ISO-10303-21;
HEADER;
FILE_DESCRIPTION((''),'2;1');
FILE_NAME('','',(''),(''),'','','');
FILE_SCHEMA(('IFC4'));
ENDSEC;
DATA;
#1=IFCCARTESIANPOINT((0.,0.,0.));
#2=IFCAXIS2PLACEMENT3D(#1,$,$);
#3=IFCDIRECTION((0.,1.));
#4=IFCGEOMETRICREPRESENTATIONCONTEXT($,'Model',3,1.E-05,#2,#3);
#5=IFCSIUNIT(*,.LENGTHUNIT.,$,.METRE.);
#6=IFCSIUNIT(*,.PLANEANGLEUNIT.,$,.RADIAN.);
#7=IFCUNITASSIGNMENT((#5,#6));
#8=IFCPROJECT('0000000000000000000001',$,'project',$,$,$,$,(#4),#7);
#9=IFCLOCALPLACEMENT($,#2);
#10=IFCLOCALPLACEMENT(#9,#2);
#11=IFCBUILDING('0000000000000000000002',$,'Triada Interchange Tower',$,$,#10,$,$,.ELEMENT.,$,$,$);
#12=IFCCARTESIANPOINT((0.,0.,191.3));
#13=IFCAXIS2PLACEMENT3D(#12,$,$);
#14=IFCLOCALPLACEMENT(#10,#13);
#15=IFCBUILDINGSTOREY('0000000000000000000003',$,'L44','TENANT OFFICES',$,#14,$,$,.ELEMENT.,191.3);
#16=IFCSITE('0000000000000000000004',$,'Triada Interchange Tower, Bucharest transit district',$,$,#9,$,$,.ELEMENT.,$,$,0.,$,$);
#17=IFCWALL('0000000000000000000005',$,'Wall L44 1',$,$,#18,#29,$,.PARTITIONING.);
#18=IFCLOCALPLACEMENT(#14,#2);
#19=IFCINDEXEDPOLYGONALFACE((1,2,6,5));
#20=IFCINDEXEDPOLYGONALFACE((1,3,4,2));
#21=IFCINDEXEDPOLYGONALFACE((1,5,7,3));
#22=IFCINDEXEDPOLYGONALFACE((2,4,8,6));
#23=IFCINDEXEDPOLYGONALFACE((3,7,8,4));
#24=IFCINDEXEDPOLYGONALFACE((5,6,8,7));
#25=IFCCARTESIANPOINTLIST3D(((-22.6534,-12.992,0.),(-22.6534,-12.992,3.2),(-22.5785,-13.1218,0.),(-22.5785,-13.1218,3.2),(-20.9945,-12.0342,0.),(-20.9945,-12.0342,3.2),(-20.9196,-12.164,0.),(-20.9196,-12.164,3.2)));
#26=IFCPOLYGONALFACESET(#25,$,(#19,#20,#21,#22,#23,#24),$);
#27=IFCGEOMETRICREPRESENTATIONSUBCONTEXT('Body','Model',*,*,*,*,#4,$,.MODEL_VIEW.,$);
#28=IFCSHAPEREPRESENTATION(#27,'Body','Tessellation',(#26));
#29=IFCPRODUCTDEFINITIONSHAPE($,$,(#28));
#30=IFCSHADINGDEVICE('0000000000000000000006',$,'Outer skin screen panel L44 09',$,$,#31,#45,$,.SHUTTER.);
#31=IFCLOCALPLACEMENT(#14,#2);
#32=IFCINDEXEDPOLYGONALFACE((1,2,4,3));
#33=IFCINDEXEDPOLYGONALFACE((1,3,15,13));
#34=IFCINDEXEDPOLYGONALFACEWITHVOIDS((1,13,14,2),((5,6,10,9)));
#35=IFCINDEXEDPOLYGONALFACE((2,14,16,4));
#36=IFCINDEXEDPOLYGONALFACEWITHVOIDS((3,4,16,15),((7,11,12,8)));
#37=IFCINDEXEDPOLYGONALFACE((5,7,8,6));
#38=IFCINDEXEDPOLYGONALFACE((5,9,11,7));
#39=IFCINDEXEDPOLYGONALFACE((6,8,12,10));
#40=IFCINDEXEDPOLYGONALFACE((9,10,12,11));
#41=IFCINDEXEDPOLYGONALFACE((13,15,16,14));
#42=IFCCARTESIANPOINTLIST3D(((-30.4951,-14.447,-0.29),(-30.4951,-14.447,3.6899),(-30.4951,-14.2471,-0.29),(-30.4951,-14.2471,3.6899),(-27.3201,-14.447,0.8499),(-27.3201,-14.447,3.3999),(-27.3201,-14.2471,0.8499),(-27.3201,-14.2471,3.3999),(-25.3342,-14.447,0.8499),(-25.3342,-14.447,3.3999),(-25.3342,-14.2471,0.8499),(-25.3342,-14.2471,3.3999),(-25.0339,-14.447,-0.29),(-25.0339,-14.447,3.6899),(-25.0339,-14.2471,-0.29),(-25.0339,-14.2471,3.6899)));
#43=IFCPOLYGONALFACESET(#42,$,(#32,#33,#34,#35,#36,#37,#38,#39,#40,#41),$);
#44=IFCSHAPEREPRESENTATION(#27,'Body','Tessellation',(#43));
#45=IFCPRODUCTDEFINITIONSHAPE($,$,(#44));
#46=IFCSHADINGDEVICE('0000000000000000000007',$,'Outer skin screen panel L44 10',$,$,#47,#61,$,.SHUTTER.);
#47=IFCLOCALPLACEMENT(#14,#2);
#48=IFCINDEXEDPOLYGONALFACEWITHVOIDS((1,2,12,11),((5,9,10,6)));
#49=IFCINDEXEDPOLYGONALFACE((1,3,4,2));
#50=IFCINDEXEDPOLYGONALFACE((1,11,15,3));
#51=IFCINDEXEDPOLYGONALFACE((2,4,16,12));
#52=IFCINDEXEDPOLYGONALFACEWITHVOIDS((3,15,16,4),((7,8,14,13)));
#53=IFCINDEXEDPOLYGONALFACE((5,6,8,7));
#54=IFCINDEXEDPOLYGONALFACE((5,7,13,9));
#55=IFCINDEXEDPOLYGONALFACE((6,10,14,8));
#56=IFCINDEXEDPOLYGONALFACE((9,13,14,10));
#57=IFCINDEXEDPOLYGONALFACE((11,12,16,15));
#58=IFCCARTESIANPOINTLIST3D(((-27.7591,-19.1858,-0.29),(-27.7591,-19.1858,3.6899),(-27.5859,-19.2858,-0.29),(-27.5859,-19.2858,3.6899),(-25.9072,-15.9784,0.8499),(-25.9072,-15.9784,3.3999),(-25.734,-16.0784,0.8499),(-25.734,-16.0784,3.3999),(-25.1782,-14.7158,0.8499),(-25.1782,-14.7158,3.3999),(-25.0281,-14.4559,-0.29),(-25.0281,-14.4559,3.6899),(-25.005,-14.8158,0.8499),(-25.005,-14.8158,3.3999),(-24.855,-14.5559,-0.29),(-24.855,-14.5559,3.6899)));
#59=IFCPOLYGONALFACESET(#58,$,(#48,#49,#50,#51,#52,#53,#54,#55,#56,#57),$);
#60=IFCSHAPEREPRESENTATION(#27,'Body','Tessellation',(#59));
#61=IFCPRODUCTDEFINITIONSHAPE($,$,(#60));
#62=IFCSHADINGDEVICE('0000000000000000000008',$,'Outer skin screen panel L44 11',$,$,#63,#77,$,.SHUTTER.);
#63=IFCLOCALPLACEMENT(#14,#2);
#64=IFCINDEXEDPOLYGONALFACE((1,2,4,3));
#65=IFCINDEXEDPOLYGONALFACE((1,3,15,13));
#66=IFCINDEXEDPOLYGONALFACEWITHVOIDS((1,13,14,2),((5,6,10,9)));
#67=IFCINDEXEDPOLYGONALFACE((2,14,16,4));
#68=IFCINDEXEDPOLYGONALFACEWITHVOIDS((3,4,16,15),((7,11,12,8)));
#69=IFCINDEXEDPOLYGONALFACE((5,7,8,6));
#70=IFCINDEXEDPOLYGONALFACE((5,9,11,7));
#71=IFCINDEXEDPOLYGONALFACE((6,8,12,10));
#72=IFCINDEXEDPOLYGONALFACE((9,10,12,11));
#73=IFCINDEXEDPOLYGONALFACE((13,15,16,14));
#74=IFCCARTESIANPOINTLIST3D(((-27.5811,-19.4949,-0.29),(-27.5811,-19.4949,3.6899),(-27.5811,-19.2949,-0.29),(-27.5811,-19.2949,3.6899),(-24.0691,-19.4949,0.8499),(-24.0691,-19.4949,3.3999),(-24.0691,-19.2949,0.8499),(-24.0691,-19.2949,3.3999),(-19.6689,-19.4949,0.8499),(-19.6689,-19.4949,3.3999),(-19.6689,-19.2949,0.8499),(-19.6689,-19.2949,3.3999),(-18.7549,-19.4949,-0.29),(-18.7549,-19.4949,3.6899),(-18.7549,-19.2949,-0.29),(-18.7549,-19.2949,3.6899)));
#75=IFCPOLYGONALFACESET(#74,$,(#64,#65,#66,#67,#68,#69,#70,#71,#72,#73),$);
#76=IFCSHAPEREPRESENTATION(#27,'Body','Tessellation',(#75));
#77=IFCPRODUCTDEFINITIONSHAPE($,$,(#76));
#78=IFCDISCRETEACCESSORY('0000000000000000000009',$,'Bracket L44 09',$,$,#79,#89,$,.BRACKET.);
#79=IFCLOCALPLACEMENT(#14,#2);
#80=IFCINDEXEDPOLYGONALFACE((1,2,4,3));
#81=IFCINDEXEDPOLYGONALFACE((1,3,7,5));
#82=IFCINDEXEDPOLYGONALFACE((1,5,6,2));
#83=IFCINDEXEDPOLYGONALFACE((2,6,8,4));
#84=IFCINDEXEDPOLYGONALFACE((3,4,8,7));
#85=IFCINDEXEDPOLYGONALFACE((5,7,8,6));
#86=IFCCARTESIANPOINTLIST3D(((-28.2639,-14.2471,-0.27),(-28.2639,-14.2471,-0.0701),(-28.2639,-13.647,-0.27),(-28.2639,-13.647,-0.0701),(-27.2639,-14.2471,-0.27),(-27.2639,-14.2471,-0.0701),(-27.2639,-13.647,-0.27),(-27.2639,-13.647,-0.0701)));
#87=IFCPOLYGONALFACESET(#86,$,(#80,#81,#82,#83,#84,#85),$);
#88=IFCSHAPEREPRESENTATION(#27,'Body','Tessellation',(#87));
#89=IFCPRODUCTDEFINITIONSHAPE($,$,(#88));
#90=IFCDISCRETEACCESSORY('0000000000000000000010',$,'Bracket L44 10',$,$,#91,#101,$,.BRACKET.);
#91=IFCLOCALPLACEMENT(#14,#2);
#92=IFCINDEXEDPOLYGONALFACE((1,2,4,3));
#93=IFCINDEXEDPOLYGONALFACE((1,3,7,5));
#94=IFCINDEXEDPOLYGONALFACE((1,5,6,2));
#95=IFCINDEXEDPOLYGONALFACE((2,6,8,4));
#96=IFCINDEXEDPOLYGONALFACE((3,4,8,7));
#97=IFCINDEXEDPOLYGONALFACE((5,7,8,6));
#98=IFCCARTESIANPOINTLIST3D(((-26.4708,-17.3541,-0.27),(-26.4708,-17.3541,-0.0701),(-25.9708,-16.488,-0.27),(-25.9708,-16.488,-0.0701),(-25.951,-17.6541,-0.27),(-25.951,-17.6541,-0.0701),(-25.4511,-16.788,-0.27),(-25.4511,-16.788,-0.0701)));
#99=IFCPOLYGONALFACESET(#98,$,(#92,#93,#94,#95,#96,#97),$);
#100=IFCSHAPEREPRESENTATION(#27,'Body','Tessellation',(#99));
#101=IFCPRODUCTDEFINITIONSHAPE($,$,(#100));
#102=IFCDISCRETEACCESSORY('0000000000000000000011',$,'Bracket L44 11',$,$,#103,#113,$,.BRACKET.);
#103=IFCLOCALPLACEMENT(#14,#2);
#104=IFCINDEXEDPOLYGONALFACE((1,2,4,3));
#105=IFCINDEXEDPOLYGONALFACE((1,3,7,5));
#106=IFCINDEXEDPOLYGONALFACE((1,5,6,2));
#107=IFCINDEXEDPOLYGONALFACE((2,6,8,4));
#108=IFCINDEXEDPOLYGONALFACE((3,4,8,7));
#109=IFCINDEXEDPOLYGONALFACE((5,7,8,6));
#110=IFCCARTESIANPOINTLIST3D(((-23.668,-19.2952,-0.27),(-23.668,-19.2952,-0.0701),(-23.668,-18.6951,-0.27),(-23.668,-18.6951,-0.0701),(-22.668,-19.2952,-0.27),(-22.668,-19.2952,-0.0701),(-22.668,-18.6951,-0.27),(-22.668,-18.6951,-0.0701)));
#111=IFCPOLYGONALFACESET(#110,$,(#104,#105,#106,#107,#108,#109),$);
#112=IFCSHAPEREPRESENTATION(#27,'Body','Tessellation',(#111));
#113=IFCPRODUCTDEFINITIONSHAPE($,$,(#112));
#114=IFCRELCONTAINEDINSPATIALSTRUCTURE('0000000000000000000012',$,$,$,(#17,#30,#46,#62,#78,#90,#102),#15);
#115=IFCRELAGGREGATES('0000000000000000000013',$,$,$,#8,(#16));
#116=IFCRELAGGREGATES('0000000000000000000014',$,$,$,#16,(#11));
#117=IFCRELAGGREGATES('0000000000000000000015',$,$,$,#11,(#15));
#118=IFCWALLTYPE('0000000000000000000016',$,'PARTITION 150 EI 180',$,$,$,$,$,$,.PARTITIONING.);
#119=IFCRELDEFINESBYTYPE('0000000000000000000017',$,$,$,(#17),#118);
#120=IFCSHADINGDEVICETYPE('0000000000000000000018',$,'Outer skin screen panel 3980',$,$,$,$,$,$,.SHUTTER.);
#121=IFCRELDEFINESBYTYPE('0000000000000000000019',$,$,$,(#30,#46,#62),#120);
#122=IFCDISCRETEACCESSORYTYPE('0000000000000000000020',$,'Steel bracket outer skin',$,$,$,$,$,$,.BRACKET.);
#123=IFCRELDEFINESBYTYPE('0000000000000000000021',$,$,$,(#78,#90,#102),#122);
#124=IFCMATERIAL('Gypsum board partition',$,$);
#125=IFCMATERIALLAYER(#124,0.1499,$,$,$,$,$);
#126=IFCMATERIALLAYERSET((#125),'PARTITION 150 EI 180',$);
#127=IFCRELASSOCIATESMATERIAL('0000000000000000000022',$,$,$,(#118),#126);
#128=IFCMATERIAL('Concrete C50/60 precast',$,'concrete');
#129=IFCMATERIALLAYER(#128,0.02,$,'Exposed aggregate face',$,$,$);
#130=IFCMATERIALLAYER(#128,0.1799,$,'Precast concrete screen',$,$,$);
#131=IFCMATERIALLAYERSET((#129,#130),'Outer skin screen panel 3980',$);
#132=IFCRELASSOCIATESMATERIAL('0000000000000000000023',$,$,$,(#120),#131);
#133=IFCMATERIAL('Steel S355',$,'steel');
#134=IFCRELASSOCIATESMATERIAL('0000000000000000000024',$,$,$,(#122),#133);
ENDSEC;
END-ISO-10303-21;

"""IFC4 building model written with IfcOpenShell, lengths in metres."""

from ifc_helpers import new_model, si_unit, direction, frame, frame_2d, origin, origin_2d, place, context, subcontext, project, spatial, polyline, rectangle, outline, extrude, material, layer, layer_set, type_object, element, save


model = new_model("IFC4")

# Units and contexts
model_context = context("Model", 3, precision=1e-05, world=origin(), true_north=direction((0.0, 1.0)))
body_context = subcontext(model_context, "Body", "Model", "MODEL_VIEW")
ifc_project = project(units=[si_unit("LENGTHUNIT", "METRE"), si_unit("PLANEANGLEUNIT", "RADIAN")], contexts=[model_context])

# Site, building, storey
site_placement = place(None, origin())
site = spatial("IfcSite", under=ifc_project, at=site_placement, Name="Triada Interchange Tower, Bucharest transit district", CompositionType="ELEMENT", RefElevation=0.0)
building_placement = place(site_placement, origin())
building = spatial("IfcBuilding", under=site, at=building_placement, Name="Triada Interchange Tower", CompositionType="ELEMENT")
storey_placement = place(building_placement, frame((0.0, 0.0, 191.3)))
storey = spatial("IfcBuildingStorey", under=building, at=storey_placement, Name="L44", Description="TENANT OFFICES", CompositionType="ELEMENT", Elevation=191.3)

# Wall
ifc_material_1 = material(Name="Gypsum board partition")
ifc_layer_1 = layer(ifc_material_1, 0.1499)
ifc_layer_set_1 = layer_set([ifc_layer_1], Name="PARTITION 150 EI 180")
wall_type_1 = type_object("IfcWallType", Name="PARTITION 150 EI 180", PredefinedType="PARTITIONING", material=ifc_layer_set_1)
wall_1_placement = place(storey_placement, frame((-22.616, -13.0569, 0.0), z_axis=(0.0, 0.0, 1.0), x_axis=(0.866031, 0.499991, 0.0)))
element("IfcWall", 1, at=wall_1_placement, inside=storey, type_object=wall_type_1, Name="Wall L44 1", PredefinedType="PARTITIONING", context=body_context, shape_type="SweptSolid", body=[
    extrude(rectangle(XDim=1.9155, YDim=0.1499, at=frame_2d((0.9578, 0.0))), origin(), (0.0, 0.0, 1.0), 3.2),
])

# Shading devices
ifc_material_2 = material(Name="Concrete C50/60 precast", Category="concrete")
ifc_layer_2 = layer(ifc_material_2, 0.02, Name="Exposed aggregate face")
ifc_layer_3 = layer(ifc_material_2, 0.1799, Name="Precast concrete screen")
ifc_layer_set_2 = layer_set([ifc_layer_2, ifc_layer_3], Name="Outer skin screen panel 3980")
shading_device_type = type_object("IfcShadingDeviceType", Name="Outer skin screen panel 3980", PredefinedType="SHUTTER", material=ifc_layer_set_2)
shading_device_1_placement = place(storey_placement, frame((-30.4951, -14.2471, -0.29), z_axis=(0.0, 0.0, 1.0), x_axis=(1.0, 0.0, 0.0)))
element("IfcShadingDevice", 2, at=shading_device_1_placement, inside=storey, type_object=shading_device_type, Name="Outer skin screen panel L44 09", PredefinedType="SHUTTER", context=body_context, shape_type="SweptSolid", body=[
    extrude(outline(polyline([(0.0, 0.0), (5.4612, 0.0), (5.4612, 3.98), (0.0, 3.98), (0.0, 0.0)]), holes=[polyline([(3.175, 1.1399), (3.175, 3.6899), (5.1609, 3.6899), (5.1609, 1.1399), (3.175, 1.1399)])]), frame((0.0, 0.0, 0.0), z_axis=(0.0, -1.0, 0.0), x_axis=(1.0, 0.0, 0.0)), (0.0, 0.0, 1.0), 0.2),
])
shading_device_2_placement = place(storey_placement, frame((-24.855, -14.5559, -0.29), z_axis=(0.0, 0.0, 1.0), x_axis=(-0.500014, -0.866017, 0.0)))
element("IfcShadingDevice", 3, at=shading_device_2_placement, inside=storey, type_object=shading_device_type, Name="Outer skin screen panel L44 10", PredefinedType="SHUTTER", context=body_context, shape_type="SweptSolid", body=[
    extrude(outline(polyline([(0.0, 0.0), (5.4617, 0.0), (5.4617, 3.98), (0.0, 3.98), (0.0, 0.0)]), holes=[polyline([(0.3, 1.1399), (0.3, 3.6899), (1.7581, 3.6899), (1.7581, 1.1399), (0.3, 1.1399)])]), frame((0.0, 0.0, 0.0), z_axis=(0.0, -1.0, 0.0), x_axis=(1.0, 0.0, 0.0)), (0.0, 0.0, 1.0), 0.2),
])
shading_device_3_placement = place(storey_placement, frame((-27.5811, -19.2949, -0.29), z_axis=(0.0, 0.0, 1.0), x_axis=(1.0, 0.0, 0.0)))
element("IfcShadingDevice", 4, at=shading_device_3_placement, inside=storey, type_object=shading_device_type, Name="Outer skin screen panel L44 11", PredefinedType="SHUTTER", context=body_context, shape_type="SweptSolid", body=[
    extrude(outline(polyline([(0.0, 0.0), (8.8262, 0.0), (8.8262, 3.98), (0.0, 3.98), (0.0, 0.0)]), holes=[polyline([(3.512, 1.1399), (3.512, 3.6899), (7.9121, 3.6899), (7.9121, 1.1399), (3.512, 1.1399)])]), frame((0.0, 0.0, 0.0), z_axis=(0.0, -1.0, 0.0), x_axis=(1.0, 0.0, 0.0)), (0.0, 0.0, 1.0), 0.2),
])

# Discrete accessories
ifc_material_3 = material(Name="Steel S355", Category="steel")
discrete_accessory_type = type_object("IfcDiscreteAccessoryType", Name="Steel bracket outer skin", PredefinedType="BRACKET", material=ifc_material_3)
for number, where, z_axis, x_axis, name in (
    (5, (-27.7639, -13.947, -0.27), (0.0, 0.0, 1.0), (0.0, -1.0, 0.0), "Bracket L44 09"),
    (6, (-25.9609, -17.071, -0.27), (0.0, 0.0, 1.0), (-0.86606, 0.49994, 0.0), "Bracket L44 10"),
    (7, (-23.168, -18.9951, -0.27), (0.0, 0.0, 1.0), (0.0, -1.0, 0.0), "Bracket L44 11"),
):
    element("IfcDiscreteAccessory", number, at=place(storey_placement, frame(where, z_axis=z_axis, x_axis=x_axis)), inside=storey, type_object=discrete_accessory_type, Name=name, PredefinedType="BRACKET", context=body_context, shape_type="SweptSolid", body=[
        extrude(rectangle(XDim=0.6001, YDim=1.0, at=origin_2d()), origin(), (0.0, 0.0, 1.0), 0.2),
    ])

save(model, "model.ifc")
